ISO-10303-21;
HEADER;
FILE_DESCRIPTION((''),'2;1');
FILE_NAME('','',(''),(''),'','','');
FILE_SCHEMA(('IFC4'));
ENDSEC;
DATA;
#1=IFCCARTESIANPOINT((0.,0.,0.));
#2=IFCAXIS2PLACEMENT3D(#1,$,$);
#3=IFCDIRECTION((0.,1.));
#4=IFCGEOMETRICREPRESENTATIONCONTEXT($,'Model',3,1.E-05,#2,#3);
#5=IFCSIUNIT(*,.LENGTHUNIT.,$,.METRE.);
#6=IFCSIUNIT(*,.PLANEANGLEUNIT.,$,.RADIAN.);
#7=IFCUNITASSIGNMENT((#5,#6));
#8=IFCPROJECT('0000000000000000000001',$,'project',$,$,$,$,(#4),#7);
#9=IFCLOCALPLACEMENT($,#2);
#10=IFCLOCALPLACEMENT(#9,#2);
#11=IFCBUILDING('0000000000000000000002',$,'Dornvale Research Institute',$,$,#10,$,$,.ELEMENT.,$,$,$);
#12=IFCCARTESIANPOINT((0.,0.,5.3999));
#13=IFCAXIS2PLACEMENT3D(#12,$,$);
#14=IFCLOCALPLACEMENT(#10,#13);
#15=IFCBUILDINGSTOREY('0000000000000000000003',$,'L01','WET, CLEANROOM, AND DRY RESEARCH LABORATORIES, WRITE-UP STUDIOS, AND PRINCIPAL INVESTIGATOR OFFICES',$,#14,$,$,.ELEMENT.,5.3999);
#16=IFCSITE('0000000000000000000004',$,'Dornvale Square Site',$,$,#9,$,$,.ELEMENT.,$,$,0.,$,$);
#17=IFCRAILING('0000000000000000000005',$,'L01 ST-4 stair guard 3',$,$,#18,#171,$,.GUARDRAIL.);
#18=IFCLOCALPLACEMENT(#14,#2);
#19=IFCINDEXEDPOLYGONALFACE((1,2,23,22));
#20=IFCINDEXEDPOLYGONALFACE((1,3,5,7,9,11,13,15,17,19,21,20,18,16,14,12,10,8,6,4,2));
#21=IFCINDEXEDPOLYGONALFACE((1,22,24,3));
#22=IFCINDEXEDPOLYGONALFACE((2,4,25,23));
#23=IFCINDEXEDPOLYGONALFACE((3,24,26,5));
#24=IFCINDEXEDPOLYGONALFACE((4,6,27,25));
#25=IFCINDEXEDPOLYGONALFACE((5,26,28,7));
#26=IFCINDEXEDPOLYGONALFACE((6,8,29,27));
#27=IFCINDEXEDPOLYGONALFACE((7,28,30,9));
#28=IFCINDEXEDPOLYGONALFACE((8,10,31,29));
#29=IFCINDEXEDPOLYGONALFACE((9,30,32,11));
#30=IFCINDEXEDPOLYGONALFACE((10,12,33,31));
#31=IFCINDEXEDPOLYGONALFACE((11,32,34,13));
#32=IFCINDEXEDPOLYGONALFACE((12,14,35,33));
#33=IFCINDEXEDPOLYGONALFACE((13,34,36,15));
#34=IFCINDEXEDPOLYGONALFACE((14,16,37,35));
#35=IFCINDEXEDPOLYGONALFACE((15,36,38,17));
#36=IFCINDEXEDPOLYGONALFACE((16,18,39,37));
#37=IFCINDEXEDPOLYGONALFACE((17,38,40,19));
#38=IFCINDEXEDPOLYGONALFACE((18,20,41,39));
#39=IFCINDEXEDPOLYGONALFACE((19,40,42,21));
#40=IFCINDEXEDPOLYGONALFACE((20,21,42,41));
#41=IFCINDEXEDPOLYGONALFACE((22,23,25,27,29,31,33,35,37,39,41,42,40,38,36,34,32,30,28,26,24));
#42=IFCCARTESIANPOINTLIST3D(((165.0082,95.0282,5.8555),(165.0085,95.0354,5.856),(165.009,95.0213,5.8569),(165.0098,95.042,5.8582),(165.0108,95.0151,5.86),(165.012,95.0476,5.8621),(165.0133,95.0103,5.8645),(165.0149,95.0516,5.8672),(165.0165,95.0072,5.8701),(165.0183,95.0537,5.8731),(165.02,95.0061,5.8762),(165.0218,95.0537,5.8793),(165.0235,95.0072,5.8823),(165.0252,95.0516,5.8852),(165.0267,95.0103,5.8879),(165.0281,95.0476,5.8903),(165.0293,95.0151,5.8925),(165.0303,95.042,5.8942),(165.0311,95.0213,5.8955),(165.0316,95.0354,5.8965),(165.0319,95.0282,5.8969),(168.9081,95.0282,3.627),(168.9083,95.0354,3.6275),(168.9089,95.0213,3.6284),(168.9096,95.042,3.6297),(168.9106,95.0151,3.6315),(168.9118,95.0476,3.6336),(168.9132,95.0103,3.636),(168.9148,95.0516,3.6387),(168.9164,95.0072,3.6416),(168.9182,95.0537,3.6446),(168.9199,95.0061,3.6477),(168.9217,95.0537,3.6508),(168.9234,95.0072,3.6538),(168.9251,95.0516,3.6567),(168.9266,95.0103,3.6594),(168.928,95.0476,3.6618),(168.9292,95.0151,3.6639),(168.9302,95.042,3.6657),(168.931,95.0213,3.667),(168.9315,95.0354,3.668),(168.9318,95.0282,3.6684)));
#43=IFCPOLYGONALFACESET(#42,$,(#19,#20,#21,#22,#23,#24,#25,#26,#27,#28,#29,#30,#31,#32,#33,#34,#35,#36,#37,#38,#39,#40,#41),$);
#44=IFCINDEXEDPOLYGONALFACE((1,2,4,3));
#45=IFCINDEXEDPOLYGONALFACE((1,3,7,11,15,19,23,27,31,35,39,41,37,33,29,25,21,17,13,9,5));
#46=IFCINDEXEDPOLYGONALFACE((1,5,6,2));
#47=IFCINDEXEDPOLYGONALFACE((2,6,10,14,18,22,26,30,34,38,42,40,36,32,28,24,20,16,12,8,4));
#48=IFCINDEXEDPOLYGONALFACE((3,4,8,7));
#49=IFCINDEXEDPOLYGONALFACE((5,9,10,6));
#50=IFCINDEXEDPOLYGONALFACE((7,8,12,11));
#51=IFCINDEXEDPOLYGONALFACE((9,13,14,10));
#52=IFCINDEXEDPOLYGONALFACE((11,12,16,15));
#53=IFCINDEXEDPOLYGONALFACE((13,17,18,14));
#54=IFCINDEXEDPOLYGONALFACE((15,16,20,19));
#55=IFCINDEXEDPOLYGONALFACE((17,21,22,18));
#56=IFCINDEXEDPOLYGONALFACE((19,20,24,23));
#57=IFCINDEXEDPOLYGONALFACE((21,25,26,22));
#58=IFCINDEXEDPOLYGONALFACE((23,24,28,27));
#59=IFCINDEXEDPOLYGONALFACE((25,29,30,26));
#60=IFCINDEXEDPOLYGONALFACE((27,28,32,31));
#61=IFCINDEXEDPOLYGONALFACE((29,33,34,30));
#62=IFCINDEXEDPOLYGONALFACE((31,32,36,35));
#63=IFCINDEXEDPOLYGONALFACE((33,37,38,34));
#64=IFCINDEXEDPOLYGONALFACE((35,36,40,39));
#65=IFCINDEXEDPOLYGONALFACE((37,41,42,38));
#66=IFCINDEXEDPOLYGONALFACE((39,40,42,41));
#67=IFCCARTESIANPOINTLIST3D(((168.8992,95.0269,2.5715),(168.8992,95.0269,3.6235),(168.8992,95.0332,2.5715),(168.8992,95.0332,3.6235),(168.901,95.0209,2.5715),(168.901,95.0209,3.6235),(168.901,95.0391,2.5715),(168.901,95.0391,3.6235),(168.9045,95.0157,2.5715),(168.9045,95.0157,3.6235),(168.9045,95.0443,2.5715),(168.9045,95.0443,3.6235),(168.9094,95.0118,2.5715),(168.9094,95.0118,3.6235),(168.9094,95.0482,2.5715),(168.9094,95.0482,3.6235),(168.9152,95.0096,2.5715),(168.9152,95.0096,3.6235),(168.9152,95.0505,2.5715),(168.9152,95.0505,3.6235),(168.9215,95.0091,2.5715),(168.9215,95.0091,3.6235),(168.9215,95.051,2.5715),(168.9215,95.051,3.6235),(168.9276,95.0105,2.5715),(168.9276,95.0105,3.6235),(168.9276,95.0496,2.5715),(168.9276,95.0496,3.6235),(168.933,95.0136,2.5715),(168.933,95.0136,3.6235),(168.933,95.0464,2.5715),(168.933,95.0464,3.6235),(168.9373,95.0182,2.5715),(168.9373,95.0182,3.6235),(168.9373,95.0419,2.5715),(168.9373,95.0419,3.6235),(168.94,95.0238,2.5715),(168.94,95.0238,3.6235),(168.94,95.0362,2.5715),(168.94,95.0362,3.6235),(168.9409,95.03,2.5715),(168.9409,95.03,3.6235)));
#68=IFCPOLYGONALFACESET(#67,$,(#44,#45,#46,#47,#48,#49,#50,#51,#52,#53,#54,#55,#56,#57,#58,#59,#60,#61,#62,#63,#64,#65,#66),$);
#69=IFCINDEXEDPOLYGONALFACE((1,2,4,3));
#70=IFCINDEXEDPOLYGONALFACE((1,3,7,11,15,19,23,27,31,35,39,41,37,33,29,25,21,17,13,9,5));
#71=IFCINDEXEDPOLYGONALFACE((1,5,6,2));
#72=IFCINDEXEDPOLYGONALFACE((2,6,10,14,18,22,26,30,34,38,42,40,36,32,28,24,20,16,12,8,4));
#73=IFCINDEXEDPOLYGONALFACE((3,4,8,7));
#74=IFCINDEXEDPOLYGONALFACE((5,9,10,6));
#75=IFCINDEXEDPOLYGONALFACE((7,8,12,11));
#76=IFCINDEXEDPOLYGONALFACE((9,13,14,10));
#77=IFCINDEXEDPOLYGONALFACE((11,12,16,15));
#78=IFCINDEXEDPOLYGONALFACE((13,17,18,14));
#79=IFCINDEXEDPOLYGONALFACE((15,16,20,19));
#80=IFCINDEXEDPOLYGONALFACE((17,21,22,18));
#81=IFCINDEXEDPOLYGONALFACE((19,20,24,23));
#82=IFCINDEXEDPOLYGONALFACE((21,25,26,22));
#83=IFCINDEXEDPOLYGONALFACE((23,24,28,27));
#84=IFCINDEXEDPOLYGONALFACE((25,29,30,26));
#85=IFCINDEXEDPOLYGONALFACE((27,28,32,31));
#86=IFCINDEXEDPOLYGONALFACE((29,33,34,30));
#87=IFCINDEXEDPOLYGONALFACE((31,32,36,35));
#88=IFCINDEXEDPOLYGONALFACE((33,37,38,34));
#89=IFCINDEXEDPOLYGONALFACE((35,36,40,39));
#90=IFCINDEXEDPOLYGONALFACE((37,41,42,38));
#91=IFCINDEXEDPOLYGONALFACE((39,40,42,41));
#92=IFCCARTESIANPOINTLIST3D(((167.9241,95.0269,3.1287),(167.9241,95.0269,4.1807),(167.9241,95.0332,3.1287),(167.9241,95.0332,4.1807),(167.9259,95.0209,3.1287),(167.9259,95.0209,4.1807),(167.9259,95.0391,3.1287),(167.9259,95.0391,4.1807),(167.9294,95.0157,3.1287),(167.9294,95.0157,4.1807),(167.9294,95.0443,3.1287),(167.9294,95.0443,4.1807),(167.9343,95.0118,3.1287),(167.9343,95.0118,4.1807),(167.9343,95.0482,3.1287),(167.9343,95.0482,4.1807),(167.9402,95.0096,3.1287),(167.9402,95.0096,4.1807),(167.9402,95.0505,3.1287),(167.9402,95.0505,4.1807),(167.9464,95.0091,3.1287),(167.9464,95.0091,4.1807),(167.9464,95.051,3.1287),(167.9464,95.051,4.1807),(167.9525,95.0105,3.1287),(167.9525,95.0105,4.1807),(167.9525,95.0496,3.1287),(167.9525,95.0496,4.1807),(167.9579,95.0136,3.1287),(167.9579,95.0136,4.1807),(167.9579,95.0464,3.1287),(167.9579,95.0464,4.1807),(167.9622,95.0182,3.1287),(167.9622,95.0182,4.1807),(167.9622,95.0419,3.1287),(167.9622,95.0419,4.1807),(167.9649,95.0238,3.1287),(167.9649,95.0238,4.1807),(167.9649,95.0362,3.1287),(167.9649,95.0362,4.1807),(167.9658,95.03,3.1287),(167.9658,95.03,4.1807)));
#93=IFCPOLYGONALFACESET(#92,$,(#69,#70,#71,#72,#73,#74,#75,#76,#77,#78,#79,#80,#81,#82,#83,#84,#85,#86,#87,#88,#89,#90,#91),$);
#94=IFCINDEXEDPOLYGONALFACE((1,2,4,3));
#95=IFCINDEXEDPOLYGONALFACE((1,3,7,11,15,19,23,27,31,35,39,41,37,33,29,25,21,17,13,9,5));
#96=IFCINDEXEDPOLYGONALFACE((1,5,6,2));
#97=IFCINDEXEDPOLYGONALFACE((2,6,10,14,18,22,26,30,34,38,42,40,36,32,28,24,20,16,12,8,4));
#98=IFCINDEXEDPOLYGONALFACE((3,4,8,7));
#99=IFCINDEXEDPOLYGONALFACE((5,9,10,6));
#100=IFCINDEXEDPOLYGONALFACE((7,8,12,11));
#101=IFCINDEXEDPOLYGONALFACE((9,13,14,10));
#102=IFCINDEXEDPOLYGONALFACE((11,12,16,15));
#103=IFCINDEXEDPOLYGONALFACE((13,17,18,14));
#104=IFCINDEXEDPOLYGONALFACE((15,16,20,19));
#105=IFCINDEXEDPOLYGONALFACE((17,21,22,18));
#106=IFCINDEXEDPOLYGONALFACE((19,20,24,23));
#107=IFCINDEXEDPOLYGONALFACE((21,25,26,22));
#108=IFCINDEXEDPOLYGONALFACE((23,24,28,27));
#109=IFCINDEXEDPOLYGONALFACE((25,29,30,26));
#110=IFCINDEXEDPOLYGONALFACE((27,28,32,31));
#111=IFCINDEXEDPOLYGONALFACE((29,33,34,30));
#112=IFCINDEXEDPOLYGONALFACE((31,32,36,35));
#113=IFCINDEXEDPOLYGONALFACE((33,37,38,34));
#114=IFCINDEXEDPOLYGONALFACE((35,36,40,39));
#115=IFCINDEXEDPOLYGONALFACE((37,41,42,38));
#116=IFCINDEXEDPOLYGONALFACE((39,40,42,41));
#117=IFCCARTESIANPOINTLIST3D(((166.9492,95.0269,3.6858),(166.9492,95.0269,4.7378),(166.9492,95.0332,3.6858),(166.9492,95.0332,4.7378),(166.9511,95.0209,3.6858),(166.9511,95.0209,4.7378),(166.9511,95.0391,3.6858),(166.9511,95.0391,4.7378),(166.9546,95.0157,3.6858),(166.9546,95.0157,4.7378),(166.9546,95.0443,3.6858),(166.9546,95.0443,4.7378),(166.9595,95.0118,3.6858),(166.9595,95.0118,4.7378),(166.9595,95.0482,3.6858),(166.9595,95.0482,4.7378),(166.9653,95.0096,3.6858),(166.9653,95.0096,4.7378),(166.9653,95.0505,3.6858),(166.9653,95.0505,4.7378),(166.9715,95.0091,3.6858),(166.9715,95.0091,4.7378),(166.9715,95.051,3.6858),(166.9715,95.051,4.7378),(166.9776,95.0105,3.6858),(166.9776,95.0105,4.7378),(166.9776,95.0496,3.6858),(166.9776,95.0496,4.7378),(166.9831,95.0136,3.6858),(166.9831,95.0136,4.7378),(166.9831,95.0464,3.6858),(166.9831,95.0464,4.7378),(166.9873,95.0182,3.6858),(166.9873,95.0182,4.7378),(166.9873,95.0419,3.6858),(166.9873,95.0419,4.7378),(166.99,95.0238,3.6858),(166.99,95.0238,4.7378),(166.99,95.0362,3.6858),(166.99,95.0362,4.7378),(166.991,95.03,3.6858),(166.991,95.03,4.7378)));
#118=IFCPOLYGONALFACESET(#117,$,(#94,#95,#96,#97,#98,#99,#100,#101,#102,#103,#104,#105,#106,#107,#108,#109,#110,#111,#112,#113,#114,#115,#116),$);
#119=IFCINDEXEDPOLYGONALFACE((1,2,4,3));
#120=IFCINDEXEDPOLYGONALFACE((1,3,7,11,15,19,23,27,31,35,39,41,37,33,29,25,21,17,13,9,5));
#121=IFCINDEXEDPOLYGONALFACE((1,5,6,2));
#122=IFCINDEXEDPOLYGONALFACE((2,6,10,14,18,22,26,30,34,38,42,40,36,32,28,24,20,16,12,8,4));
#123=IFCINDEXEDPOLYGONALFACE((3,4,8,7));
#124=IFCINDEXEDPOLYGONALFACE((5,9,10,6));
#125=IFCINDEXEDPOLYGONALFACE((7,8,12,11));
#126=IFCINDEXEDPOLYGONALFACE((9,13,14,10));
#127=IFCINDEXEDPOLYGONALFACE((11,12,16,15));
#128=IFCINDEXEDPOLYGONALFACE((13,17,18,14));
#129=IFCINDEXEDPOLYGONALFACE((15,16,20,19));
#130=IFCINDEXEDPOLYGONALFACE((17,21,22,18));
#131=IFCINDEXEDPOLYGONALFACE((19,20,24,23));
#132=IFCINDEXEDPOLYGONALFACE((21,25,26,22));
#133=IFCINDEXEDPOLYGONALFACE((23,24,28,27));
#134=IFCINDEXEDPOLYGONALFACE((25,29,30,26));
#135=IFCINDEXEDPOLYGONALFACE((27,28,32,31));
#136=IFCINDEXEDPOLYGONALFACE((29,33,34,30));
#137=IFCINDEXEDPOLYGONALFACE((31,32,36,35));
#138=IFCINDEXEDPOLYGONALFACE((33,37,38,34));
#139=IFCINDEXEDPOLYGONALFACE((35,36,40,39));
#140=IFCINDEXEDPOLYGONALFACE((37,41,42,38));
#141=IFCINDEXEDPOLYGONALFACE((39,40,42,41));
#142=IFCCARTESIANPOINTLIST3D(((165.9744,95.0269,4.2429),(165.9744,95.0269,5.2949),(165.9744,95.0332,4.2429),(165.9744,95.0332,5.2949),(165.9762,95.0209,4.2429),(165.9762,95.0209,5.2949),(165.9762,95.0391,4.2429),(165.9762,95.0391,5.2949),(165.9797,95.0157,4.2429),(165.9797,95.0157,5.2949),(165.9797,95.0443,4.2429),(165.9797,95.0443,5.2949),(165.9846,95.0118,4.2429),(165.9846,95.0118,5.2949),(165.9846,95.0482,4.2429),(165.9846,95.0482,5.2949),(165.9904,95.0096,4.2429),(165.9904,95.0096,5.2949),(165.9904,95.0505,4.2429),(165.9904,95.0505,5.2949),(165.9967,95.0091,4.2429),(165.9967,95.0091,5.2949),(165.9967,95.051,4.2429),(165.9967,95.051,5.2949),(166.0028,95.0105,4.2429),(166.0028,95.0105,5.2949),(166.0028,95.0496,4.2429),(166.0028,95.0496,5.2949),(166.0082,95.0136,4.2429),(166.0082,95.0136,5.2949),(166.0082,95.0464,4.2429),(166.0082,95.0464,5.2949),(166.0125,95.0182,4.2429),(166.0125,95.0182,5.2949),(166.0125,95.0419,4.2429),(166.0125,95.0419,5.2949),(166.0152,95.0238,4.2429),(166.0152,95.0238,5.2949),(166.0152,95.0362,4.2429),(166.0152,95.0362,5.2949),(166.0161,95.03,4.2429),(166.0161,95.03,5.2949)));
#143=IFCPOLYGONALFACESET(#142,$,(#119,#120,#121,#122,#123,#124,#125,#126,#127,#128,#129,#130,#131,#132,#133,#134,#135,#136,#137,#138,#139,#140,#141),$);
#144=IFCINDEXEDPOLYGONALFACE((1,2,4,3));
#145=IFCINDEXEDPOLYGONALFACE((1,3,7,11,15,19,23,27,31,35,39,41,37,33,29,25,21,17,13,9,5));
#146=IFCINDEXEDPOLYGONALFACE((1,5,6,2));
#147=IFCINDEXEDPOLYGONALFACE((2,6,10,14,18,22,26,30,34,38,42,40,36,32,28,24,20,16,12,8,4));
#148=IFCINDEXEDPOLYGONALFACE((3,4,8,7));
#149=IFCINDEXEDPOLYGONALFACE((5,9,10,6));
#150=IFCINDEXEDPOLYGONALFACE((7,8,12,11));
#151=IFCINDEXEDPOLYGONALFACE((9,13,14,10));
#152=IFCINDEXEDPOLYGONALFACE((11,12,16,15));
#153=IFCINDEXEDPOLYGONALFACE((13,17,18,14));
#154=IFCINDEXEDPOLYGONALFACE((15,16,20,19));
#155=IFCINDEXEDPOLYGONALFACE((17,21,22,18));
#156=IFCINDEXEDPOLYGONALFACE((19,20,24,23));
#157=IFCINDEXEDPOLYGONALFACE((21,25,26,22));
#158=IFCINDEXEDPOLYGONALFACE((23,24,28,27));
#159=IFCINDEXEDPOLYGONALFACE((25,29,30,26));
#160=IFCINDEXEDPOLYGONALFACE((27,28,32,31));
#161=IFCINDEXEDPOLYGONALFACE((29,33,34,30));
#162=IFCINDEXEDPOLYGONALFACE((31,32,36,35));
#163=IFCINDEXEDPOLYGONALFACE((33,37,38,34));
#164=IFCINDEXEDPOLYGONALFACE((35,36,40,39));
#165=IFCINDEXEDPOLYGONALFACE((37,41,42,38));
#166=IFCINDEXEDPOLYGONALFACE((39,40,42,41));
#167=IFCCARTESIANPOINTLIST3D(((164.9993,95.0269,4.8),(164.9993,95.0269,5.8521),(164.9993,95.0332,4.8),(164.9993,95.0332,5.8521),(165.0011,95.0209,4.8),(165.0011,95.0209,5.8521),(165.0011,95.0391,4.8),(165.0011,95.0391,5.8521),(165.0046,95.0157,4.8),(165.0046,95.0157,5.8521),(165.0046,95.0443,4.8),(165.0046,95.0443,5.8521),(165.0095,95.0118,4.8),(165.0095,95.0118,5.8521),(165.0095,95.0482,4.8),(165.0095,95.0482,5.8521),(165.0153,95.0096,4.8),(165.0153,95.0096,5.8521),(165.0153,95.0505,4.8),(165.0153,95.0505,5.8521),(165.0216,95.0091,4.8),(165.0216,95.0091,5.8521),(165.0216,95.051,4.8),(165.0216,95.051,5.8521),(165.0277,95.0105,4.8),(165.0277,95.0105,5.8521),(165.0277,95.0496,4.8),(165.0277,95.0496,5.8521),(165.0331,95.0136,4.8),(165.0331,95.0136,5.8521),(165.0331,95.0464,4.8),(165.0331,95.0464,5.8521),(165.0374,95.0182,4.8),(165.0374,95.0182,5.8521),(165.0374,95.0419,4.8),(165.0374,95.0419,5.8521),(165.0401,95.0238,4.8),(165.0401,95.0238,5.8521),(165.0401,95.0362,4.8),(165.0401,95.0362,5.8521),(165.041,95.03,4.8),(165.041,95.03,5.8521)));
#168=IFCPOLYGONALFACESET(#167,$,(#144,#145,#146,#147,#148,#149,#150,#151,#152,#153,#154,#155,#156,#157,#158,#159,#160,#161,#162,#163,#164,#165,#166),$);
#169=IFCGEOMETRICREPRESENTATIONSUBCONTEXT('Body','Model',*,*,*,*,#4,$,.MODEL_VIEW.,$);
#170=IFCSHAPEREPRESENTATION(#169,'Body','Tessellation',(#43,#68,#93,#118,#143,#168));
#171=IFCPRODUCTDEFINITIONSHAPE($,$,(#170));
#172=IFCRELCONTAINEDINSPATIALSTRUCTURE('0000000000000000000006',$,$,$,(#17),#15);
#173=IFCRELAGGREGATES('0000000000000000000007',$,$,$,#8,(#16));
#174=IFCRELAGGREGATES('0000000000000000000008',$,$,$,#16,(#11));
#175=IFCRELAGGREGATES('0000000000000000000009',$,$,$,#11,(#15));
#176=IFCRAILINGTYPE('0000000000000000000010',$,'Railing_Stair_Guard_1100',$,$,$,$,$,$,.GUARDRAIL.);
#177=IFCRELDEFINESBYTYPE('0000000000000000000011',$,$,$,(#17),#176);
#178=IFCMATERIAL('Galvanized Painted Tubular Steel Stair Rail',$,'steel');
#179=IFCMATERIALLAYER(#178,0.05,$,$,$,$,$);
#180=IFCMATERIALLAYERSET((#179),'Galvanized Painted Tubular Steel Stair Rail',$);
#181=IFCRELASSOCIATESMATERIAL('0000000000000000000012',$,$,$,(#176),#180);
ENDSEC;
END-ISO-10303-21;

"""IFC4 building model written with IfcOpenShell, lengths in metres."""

from ifc_helpers import new_model, si_unit, direction, frame, origin, origin_2d, place, context, subcontext, project, spatial, circle, extrude, material, layer, layer_set, type_object, element, save


model = new_model("IFC4")

# Units and contexts
model_context = context("Model", 3, precision=1e-05, world=origin(), true_north=direction((0.0, 1.0)))
body_context = subcontext(model_context, "Body", "Model", "MODEL_VIEW")
ifc_project = project(units=[si_unit("LENGTHUNIT", "METRE"), si_unit("PLANEANGLEUNIT", "RADIAN")], contexts=[model_context])

# Site, building, storey
site_placement = place(None, origin())
site = spatial("IfcSite", under=ifc_project, at=site_placement, Name="Dornvale Square Site", CompositionType="ELEMENT", RefElevation=0.0)
building_placement = place(site_placement, origin())
building = spatial("IfcBuilding", under=site, at=building_placement, Name="Dornvale Research Institute", CompositionType="ELEMENT")
storey_placement = place(building_placement, frame((0.0, 0.0, 5.3999)))
storey = spatial("IfcBuildingStorey", under=building, at=storey_placement, Name="L01", Description="WET, CLEANROOM, AND DRY RESEARCH LABORATORIES, WRITE-UP STUDIOS, AND PRINCIPAL INVESTIGATOR OFFICES", CompositionType="ELEMENT", Elevation=5.3999)

# Railing
ifc_material_1 = material(Name="Galvanized Painted Tubular Steel Stair Rail", Category="steel")
ifc_layer_1 = layer(ifc_material_1, 0.05)
ifc_layer_set_1 = layer_set([ifc_layer_1], Name="Galvanized Painted Tubular Steel Stair Rail")
railing_type_1 = type_object("IfcRailingType", Name="Railing_Stair_Guard_1100", PredefinedType="GUARDRAIL", material=ifc_layer_set_1)
railing_1_placement = place(storey_placement, frame((168.9199, 95.03, 2.5715)))
element("IfcRailing", 1, at=railing_1_placement, inside=storey, type_object=railing_type_1, Name="L01 ST-4 stair guard 3", PredefinedType="GUARDRAIL", context=body_context, shape_type="SweptSolid", body=[
    extrude(circle(Radius=0.0239, at=origin_2d()), frame((0.0, 0.0, 1.0762), z_axis=(-0.868243, 0.0, 0.496139), x_axis=(0.0, -1.0, 0.0)), (0.0, 0.0, 1.0), 4.4917),
    extrude(circle(Radius=0.021, at=origin_2d()), origin(), (0.0, 0.0, 1.0), 1.052),
    extrude(circle(Radius=0.021, at=origin_2d()), frame((-0.9751, 0.0, 0.5571)), (0.0, 0.0, 1.0), 1.052),
    extrude(circle(Radius=0.021, at=origin_2d()), frame((-1.95, 0.0, 1.1143)), (0.0, 0.0, 1.0), 1.052),
    extrude(circle(Radius=0.021, at=origin_2d()), frame((-2.9248, 0.0, 1.6714)), (0.0, 0.0, 1.0), 1.052),
    extrude(circle(Radius=0.021, at=origin_2d()), frame((-3.8999, 0.0, 2.2285)), (0.0, 0.0, 1.0), 1.052),
])

save(model, "model.ifc")
